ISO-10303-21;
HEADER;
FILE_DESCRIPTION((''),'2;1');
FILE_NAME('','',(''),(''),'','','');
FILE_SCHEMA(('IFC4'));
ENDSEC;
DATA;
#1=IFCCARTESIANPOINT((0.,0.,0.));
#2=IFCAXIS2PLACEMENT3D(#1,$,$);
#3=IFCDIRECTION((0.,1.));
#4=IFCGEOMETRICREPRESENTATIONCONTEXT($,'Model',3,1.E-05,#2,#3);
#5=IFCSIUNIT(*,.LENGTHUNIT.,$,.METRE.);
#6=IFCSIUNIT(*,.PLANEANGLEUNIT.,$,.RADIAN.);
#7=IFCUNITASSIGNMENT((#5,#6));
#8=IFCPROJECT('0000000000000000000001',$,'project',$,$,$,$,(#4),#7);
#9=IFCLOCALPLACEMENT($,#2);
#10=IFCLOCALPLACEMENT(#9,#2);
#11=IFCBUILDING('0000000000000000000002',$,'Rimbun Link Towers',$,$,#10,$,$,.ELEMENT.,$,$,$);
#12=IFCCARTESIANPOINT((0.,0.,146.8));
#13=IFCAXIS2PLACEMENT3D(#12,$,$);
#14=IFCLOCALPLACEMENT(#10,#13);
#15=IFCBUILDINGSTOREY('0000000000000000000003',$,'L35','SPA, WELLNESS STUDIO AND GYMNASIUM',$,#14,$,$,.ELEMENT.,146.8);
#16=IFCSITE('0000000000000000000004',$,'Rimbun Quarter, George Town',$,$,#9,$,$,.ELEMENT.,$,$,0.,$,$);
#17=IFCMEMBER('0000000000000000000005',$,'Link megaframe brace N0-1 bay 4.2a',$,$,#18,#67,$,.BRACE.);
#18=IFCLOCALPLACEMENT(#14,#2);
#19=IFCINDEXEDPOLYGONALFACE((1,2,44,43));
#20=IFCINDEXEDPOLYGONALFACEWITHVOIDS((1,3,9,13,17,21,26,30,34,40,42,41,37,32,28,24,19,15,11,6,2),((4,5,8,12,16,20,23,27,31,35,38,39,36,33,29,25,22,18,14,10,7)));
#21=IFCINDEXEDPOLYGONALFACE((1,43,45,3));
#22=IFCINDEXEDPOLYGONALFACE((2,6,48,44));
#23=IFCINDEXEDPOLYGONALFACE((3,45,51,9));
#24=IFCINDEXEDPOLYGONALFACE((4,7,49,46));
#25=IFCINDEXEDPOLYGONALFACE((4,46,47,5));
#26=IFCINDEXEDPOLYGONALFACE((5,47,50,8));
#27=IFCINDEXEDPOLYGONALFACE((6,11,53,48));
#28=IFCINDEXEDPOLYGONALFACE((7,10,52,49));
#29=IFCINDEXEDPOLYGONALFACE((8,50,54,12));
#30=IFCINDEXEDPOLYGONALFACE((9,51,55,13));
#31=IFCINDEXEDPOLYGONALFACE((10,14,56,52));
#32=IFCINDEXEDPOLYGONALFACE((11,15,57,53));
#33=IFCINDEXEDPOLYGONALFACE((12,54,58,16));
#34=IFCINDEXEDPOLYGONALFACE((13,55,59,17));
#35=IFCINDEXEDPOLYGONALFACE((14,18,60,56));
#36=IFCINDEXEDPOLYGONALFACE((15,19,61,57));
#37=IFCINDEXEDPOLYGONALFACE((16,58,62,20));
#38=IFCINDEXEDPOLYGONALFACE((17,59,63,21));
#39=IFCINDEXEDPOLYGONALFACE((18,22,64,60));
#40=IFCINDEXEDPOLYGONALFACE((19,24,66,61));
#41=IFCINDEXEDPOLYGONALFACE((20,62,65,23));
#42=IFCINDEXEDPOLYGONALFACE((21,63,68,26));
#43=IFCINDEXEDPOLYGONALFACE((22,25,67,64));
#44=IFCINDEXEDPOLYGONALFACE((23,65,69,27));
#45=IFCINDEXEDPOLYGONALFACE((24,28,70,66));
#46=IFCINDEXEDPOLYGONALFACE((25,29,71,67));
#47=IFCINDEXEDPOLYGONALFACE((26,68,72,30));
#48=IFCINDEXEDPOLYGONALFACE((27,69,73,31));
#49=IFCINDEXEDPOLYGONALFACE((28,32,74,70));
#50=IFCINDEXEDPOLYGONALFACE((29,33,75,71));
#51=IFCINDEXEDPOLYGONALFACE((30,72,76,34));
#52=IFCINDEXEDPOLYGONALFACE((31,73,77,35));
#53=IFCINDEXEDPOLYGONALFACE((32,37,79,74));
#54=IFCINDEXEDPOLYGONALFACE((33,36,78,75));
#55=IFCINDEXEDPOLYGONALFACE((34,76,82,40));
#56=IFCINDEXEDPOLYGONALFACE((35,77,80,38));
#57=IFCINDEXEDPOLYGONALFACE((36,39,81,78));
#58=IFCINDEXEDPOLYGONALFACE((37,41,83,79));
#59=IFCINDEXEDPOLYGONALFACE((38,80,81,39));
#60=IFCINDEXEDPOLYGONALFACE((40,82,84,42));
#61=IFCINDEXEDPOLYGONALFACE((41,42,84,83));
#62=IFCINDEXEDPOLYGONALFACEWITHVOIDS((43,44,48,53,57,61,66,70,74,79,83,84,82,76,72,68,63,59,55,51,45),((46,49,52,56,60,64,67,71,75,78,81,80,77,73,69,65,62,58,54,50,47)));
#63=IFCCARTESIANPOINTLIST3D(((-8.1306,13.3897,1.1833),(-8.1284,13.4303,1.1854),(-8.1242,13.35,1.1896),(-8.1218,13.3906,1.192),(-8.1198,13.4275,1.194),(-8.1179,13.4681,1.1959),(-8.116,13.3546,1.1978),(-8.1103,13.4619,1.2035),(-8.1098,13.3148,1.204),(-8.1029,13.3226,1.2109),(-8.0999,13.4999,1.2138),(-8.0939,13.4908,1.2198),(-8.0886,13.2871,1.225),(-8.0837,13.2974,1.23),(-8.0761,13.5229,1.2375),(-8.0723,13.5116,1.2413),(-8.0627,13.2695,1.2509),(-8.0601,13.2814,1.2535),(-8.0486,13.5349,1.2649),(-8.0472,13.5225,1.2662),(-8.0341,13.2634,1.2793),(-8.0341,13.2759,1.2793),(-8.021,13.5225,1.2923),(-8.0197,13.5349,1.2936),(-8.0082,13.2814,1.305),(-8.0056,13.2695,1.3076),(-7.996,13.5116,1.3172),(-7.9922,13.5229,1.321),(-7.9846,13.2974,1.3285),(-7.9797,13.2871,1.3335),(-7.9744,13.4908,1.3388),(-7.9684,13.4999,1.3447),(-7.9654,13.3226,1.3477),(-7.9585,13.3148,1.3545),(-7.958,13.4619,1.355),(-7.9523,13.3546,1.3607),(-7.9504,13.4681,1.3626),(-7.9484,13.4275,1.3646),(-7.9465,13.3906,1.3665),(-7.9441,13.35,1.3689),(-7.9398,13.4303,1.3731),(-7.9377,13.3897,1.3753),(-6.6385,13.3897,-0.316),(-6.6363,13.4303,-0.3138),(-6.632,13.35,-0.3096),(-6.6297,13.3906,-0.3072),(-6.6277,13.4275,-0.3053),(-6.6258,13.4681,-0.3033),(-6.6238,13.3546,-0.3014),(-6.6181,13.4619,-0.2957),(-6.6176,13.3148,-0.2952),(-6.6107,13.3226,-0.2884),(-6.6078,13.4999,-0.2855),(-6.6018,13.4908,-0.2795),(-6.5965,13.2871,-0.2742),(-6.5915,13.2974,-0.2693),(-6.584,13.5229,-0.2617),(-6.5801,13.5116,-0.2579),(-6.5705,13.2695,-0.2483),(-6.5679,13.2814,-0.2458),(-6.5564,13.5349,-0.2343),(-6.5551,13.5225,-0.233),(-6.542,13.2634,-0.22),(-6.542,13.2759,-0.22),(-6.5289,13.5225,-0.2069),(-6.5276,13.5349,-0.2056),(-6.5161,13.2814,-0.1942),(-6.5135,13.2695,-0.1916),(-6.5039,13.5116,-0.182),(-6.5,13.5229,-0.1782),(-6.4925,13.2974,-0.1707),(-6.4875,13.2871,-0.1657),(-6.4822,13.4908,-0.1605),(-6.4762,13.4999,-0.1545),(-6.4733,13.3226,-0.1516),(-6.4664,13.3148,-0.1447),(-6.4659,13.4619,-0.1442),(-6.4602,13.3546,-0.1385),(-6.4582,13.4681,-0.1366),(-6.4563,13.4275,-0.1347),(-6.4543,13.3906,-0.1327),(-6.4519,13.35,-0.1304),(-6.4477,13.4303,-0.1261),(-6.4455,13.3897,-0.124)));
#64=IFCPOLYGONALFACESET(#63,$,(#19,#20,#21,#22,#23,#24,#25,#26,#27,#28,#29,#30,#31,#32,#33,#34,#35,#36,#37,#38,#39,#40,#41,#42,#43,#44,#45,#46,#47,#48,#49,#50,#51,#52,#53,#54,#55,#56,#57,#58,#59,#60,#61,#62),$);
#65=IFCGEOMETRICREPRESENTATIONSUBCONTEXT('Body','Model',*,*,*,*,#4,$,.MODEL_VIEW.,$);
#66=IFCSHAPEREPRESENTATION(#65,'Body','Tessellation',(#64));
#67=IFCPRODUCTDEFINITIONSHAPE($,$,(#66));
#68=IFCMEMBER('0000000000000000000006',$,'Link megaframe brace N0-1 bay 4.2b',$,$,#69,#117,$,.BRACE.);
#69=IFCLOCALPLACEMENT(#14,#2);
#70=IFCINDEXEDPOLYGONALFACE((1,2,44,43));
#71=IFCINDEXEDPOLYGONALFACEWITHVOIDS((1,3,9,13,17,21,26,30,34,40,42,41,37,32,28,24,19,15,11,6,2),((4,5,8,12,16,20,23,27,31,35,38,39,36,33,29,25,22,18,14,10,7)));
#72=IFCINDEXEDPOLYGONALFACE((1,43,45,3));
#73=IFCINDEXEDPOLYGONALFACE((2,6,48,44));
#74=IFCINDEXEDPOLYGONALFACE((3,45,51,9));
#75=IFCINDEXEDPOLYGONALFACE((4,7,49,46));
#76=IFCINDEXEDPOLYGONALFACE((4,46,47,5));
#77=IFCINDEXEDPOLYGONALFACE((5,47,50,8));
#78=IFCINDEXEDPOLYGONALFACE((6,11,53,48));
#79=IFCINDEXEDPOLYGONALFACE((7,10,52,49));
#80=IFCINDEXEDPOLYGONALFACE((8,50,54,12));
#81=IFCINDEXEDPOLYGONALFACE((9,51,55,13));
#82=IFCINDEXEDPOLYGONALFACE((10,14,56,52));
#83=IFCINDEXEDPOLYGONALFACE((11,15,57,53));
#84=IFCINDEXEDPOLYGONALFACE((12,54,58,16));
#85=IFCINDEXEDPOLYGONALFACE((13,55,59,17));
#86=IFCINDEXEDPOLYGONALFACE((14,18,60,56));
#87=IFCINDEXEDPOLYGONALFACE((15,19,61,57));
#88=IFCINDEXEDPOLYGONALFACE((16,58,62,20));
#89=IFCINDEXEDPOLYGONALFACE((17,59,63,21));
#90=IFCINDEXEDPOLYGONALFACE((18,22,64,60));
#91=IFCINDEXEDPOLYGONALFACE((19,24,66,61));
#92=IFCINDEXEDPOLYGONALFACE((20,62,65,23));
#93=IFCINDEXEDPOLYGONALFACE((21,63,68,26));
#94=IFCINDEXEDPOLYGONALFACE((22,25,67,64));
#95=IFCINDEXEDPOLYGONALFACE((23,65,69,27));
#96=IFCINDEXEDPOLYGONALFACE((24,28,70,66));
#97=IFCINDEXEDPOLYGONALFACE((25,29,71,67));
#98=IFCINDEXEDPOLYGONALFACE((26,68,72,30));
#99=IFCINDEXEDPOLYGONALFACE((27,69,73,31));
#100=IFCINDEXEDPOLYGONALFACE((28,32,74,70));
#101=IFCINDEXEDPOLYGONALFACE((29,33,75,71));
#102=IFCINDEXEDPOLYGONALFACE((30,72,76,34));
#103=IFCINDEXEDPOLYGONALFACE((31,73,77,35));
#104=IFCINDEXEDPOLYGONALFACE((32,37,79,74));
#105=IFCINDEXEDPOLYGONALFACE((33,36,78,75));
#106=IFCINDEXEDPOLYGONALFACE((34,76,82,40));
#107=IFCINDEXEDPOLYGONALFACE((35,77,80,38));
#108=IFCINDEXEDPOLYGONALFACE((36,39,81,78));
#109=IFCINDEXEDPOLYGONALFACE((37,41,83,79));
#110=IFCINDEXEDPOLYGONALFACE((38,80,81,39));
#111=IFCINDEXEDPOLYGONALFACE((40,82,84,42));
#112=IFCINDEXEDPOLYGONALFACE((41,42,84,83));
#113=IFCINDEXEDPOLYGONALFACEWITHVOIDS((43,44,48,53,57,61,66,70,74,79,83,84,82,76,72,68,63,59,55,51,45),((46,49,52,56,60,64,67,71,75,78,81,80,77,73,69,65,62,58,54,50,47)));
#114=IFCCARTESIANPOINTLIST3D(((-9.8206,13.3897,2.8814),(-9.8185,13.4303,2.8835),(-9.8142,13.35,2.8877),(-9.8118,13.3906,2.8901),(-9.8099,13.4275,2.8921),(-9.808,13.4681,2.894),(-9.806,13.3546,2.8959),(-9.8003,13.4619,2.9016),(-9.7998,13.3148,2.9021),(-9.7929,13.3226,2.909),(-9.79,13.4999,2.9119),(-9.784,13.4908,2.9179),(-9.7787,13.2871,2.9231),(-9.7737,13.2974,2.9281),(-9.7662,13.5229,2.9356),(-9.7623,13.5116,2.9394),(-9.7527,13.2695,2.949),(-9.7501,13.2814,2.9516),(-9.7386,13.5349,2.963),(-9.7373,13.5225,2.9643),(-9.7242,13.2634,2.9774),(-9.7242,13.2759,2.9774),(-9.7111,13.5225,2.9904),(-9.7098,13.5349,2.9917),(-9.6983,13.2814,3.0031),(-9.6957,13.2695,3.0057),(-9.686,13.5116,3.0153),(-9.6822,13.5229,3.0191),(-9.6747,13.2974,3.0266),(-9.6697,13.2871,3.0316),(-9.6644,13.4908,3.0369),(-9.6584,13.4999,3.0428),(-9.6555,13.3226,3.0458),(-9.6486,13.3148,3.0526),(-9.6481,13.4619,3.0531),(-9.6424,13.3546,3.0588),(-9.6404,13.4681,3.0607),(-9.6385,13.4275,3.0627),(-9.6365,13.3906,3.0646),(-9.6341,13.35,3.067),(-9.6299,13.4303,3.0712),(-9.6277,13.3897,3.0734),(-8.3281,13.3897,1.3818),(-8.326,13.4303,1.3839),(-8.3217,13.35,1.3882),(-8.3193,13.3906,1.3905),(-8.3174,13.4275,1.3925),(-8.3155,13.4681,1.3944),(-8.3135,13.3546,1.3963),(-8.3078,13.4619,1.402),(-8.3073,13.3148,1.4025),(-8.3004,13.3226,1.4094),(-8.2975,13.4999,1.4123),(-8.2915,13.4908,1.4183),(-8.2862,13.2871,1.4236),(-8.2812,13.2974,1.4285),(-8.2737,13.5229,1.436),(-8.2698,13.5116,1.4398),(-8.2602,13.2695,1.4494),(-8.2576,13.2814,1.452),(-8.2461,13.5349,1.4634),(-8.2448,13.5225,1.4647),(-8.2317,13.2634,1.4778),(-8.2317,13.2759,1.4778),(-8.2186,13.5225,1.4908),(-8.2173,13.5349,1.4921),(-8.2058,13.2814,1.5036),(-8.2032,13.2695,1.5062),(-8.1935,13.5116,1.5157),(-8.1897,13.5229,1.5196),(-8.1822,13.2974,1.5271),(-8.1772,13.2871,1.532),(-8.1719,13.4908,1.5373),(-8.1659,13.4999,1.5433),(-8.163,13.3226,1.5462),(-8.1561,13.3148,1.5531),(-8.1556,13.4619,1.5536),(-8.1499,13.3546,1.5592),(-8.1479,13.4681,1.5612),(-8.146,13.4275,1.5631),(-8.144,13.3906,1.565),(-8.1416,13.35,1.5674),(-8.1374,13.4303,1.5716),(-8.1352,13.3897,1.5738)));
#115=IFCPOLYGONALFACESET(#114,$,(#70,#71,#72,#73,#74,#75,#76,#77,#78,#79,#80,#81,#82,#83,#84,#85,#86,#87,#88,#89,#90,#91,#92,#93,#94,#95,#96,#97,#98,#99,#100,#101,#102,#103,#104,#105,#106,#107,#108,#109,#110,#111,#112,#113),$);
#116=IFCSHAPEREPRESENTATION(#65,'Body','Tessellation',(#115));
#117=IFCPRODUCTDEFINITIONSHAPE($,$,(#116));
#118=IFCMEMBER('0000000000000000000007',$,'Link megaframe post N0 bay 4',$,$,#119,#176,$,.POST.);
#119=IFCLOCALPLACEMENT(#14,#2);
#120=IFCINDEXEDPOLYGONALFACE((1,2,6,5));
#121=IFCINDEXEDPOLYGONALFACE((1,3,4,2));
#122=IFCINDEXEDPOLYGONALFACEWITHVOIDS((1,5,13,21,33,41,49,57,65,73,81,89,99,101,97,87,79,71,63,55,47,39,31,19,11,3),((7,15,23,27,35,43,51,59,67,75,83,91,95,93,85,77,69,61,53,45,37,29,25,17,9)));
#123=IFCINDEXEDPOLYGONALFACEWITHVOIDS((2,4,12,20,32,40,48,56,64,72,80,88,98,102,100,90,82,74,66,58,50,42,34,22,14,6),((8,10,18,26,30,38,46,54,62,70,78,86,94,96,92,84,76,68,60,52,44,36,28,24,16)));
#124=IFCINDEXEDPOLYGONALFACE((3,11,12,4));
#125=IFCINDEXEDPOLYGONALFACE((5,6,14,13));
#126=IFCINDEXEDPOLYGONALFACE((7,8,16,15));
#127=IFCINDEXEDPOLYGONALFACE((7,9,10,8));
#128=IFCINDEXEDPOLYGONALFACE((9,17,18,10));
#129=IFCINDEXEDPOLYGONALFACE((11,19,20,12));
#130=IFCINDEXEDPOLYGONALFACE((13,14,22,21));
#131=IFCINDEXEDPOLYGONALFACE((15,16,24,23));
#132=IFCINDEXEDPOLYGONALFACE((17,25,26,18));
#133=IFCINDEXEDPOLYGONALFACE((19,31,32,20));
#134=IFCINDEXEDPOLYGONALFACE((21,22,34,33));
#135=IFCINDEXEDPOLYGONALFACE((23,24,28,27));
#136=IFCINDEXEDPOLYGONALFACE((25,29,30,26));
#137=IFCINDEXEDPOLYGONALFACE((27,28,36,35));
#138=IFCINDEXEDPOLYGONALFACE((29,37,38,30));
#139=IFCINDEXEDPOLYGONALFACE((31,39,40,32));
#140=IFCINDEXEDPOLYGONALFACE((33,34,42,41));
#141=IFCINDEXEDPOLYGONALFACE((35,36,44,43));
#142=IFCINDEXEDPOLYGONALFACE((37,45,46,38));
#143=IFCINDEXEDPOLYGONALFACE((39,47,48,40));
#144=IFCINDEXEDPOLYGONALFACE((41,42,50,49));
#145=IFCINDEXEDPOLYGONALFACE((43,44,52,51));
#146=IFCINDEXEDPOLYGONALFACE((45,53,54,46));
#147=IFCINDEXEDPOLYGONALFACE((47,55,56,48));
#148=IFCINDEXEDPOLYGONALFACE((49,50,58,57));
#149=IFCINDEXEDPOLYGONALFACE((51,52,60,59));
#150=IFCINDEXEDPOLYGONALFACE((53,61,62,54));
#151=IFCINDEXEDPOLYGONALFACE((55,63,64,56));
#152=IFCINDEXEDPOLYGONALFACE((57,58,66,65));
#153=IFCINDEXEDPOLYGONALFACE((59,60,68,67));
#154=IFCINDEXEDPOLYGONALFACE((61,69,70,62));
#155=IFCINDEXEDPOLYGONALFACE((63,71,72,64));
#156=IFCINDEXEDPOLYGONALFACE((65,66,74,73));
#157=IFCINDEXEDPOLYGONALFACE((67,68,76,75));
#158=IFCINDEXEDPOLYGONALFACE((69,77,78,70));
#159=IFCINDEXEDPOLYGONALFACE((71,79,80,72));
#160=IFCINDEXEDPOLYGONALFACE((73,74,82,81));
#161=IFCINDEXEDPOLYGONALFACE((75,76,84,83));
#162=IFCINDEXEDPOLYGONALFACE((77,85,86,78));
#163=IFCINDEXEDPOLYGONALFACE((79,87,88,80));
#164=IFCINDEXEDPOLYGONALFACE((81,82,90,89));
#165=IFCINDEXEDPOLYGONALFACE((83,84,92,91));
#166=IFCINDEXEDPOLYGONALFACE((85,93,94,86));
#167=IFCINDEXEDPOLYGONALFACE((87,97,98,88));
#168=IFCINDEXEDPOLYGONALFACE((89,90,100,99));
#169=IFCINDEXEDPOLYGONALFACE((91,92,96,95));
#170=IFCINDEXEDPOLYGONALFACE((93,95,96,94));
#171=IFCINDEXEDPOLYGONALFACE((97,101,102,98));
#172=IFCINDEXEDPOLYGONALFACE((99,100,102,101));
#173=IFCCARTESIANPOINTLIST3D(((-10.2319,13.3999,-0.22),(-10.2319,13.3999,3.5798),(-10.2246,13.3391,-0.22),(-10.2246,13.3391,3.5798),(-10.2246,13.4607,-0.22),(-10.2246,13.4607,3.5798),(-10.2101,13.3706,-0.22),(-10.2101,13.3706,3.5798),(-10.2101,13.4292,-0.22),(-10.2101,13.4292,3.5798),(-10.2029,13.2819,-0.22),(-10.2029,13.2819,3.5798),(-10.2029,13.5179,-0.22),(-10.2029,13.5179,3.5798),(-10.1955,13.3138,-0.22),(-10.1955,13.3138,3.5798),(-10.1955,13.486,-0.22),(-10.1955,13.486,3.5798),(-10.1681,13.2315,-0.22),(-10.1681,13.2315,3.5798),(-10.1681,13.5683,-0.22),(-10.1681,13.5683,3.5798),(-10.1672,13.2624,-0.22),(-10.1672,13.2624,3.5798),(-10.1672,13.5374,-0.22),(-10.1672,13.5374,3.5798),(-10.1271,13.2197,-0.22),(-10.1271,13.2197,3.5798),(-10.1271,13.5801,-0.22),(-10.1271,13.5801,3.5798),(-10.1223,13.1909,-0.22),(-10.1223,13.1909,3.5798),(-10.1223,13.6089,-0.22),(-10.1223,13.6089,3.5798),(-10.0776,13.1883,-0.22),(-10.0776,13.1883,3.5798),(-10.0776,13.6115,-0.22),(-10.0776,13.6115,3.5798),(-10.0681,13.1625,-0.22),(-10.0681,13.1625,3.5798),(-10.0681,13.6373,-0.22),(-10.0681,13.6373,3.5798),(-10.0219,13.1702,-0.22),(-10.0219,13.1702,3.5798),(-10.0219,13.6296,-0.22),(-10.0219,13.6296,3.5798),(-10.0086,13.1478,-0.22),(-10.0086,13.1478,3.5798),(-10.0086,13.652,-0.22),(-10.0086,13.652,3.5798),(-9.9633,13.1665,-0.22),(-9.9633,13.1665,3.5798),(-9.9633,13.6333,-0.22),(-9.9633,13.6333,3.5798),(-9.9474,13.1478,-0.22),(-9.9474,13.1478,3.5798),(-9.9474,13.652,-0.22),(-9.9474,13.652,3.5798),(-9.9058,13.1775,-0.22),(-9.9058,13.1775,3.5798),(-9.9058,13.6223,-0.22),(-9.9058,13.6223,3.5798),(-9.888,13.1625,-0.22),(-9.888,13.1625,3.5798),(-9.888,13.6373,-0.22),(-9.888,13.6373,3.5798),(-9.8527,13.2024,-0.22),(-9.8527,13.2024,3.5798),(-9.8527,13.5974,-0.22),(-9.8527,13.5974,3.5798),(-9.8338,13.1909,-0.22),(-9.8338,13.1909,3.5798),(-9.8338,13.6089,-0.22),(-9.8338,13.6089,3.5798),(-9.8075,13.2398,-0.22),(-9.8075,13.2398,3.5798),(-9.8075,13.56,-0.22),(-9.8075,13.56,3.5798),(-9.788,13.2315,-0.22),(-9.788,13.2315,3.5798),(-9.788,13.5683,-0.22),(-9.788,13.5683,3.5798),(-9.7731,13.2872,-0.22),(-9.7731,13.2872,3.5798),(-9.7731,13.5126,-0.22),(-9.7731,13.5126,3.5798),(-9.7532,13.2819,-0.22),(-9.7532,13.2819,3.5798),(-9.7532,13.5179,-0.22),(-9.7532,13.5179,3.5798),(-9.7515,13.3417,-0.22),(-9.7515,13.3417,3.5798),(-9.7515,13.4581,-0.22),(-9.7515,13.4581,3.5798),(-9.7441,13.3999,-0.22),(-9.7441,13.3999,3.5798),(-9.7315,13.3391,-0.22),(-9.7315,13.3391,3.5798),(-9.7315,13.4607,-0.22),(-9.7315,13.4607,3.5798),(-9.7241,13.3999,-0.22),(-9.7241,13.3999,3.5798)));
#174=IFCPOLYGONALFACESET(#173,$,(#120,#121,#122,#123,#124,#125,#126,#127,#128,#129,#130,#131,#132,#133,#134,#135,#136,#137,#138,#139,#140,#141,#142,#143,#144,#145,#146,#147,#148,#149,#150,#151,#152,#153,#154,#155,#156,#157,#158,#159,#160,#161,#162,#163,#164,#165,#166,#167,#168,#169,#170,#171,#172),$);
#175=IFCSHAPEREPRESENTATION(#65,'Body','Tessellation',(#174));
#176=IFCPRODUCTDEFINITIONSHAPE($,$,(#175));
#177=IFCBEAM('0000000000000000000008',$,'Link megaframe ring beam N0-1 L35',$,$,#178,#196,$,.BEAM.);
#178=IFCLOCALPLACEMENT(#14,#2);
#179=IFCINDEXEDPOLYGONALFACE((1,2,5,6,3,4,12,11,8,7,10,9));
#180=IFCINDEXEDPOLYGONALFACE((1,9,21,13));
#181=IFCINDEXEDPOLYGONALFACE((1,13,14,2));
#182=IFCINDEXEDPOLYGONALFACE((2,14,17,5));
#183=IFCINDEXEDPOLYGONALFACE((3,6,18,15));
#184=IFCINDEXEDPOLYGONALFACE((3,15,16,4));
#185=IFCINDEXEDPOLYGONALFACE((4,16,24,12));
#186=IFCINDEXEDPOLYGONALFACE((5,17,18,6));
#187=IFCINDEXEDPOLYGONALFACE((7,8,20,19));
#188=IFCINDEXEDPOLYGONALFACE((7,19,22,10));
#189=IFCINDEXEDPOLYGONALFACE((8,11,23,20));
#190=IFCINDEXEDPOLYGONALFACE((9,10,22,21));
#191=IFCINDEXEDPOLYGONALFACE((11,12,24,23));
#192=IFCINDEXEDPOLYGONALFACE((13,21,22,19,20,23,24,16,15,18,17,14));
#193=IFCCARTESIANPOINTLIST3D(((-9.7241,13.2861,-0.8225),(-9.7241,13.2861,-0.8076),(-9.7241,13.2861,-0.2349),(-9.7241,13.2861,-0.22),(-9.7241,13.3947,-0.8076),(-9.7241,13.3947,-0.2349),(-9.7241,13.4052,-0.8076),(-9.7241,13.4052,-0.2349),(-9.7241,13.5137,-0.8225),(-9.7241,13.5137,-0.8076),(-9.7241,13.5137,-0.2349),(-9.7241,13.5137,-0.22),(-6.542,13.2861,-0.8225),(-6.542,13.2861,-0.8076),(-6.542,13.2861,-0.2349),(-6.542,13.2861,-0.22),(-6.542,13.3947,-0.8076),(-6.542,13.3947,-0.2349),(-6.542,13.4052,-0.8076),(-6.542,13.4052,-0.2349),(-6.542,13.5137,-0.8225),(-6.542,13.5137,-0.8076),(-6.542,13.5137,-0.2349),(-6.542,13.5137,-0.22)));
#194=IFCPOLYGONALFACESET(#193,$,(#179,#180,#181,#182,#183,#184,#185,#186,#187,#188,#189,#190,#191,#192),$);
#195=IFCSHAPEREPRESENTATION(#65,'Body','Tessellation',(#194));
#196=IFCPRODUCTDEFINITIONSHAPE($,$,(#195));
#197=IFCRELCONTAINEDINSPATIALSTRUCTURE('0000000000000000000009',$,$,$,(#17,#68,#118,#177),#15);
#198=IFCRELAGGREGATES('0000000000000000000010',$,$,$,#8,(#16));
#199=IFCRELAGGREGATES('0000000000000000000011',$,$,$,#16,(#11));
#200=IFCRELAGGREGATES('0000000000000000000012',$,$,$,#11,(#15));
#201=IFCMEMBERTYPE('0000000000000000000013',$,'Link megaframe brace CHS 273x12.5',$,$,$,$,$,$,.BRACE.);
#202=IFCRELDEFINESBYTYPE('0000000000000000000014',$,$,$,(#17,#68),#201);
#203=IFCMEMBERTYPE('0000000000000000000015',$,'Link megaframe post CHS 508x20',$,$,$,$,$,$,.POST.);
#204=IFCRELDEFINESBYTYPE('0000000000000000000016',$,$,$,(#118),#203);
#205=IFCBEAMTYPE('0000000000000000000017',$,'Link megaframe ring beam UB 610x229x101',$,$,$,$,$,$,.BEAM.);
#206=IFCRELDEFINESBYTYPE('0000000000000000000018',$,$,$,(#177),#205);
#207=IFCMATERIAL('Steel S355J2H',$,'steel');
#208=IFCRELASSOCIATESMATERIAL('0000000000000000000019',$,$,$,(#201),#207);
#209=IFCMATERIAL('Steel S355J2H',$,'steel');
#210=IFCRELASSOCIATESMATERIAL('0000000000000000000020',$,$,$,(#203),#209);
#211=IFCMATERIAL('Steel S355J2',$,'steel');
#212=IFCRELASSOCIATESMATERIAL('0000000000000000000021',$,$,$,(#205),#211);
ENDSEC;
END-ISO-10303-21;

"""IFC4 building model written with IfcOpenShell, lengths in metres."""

from ifc_helpers import new_model, si_unit, direction, frame, origin, origin_2d, place, context, subcontext, project, spatial, hollow_circle, i_section, extrude, material, material_profile, profile_set, type_object, element, save


model = new_model("IFC4")

# Units and contexts
model_context = context("Model", 3, precision=1e-05, world=origin(), true_north=direction((0.0, 1.0)))
body_context = subcontext(model_context, "Body", "Model", "MODEL_VIEW")
ifc_project = project(units=[si_unit("LENGTHUNIT", "METRE"), si_unit("PLANEANGLEUNIT", "RADIAN")], contexts=[model_context])

# Site, building, storey
site_placement = place(None, origin())
site = spatial("IfcSite", under=ifc_project, at=site_placement, Name="Rimbun Quarter, George Town", CompositionType="ELEMENT", RefElevation=0.0)
building_placement = place(site_placement, origin())
building = spatial("IfcBuilding", under=site, at=building_placement, Name="Rimbun Link Towers", CompositionType="ELEMENT")
storey_placement = place(building_placement, frame((0.0, 0.0, 146.8)))
storey = spatial("IfcBuildingStorey", under=building, at=storey_placement, Name="L35", Description="SPA, WELLNESS STUDIO AND GYMNASIUM", CompositionType="ELEMENT", Elevation=146.8)

# Members
ifc_material_1 = material(Name="Steel S355J2H", Category="steel")
ifc_material_profile_1 = material_profile(ifc_material_1, hollow_circle(Radius=0.1365, WallThickness=0.0125, at=origin_2d()), Name="CHS 273x12.5")
ifc_profile_set_1 = profile_set([ifc_material_profile_1], Name="Steel S355J2H")
member_type_1 = type_object("IfcMemberType", Name="Link megaframe brace CHS 273x12.5", PredefinedType="BRACE", material=ifc_profile_set_1)
member_1_placement = place(storey_placement, frame((-6.542, 13.3999, -0.22), z_axis=(-0.705431, 0.0, 0.708778), x_axis=(0.0, -1.0, 0.0)))
element("IfcMember", 1, at=member_1_placement, inside=storey, type_object=member_type_1, Name="Link megaframe brace N0-1 bay 4.2a", PredefinedType="BRACE", context=body_context, shape_type="SweptSolid", body=[
    extrude(hollow_circle(Radius=0.1365, WallThickness=0.0125, at=origin_2d()), origin(), (0.0, 0.0, 1.0), 2.1152),
])
member_2_placement = place(storey_placement, frame((-8.2317, 13.3999, 1.4778), z_axis=(-0.705432, 0.0, 0.708778), x_axis=(0.0, -1.0, 0.0)))
element("IfcMember", 2, at=member_2_placement, inside=storey, type_object=member_type_1, Name="Link megaframe brace N0-1 bay 4.2b", PredefinedType="BRACE", context=body_context, shape_type="SweptSolid", body=[
    extrude(hollow_circle(Radius=0.1365, WallThickness=0.0125, at=origin_2d()), origin(), (0.0, 0.0, 1.0), 2.1157),
])
ifc_material_2 = material(Name="Steel S355J2H", Category="steel")
ifc_material_profile_2 = material_profile(ifc_material_2, hollow_circle(Radius=0.2539, WallThickness=0.02, at=origin_2d()), Name="CHS 508x20")
ifc_profile_set_2 = profile_set([ifc_material_profile_2], Name="Steel S355J2H")
member_type_2 = type_object("IfcMemberType", Name="Link megaframe post CHS 508x20", PredefinedType="POST", material=ifc_profile_set_2)
member_3_placement = place(storey_placement, frame((-9.978, 13.3999, -0.22), z_axis=(0.0, 0.0, 1.0), x_axis=(1.0, 0.0, 0.0)))
element("IfcMember", 3, at=member_3_placement, inside=storey, type_object=member_type_2, Name="Link megaframe post N0 bay 4", PredefinedType="POST", context=body_context, shape_type="SweptSolid", body=[
    extrude(hollow_circle(Radius=0.2539, WallThickness=0.02, at=origin_2d()), origin(), (0.0, 0.0, 1.0), 3.7998),
])

# Beam
ifc_material_3 = material(Name="Steel S355J2", Category="steel")
ifc_material_profile_3 = material_profile(ifc_material_3, i_section(OverallWidth=0.2275, OverallDepth=0.6025, WebThickness=0.0105, FlangeThickness=0.0149, at=origin_2d()), Name="UB 610x229x101")
ifc_profile_set_3 = profile_set([ifc_material_profile_3], Name="Steel S355J2")
beam_type_1 = type_object("IfcBeamType", Name="Link megaframe ring beam UB 610x229x101", PredefinedType="BEAM", material=ifc_profile_set_3)
beam_1_placement = place(storey_placement, frame((-9.7241, 13.3999, -0.5212), z_axis=(1.0, 0.0, 0.0), x_axis=(0.0, 1.0, 0.0)))
element("IfcBeam", 4, at=beam_1_placement, inside=storey, type_object=beam_type_1, Name="Link megaframe ring beam N0-1 L35", PredefinedType="BEAM", context=body_context, shape_type="SweptSolid", body=[
    extrude(i_section(OverallWidth=0.2275, OverallDepth=0.6025, WebThickness=0.0105, FlangeThickness=0.0149, at=origin_2d()), origin(), (0.0, 0.0, 1.0), 3.1821),
])

save(model, "model.ifc")
